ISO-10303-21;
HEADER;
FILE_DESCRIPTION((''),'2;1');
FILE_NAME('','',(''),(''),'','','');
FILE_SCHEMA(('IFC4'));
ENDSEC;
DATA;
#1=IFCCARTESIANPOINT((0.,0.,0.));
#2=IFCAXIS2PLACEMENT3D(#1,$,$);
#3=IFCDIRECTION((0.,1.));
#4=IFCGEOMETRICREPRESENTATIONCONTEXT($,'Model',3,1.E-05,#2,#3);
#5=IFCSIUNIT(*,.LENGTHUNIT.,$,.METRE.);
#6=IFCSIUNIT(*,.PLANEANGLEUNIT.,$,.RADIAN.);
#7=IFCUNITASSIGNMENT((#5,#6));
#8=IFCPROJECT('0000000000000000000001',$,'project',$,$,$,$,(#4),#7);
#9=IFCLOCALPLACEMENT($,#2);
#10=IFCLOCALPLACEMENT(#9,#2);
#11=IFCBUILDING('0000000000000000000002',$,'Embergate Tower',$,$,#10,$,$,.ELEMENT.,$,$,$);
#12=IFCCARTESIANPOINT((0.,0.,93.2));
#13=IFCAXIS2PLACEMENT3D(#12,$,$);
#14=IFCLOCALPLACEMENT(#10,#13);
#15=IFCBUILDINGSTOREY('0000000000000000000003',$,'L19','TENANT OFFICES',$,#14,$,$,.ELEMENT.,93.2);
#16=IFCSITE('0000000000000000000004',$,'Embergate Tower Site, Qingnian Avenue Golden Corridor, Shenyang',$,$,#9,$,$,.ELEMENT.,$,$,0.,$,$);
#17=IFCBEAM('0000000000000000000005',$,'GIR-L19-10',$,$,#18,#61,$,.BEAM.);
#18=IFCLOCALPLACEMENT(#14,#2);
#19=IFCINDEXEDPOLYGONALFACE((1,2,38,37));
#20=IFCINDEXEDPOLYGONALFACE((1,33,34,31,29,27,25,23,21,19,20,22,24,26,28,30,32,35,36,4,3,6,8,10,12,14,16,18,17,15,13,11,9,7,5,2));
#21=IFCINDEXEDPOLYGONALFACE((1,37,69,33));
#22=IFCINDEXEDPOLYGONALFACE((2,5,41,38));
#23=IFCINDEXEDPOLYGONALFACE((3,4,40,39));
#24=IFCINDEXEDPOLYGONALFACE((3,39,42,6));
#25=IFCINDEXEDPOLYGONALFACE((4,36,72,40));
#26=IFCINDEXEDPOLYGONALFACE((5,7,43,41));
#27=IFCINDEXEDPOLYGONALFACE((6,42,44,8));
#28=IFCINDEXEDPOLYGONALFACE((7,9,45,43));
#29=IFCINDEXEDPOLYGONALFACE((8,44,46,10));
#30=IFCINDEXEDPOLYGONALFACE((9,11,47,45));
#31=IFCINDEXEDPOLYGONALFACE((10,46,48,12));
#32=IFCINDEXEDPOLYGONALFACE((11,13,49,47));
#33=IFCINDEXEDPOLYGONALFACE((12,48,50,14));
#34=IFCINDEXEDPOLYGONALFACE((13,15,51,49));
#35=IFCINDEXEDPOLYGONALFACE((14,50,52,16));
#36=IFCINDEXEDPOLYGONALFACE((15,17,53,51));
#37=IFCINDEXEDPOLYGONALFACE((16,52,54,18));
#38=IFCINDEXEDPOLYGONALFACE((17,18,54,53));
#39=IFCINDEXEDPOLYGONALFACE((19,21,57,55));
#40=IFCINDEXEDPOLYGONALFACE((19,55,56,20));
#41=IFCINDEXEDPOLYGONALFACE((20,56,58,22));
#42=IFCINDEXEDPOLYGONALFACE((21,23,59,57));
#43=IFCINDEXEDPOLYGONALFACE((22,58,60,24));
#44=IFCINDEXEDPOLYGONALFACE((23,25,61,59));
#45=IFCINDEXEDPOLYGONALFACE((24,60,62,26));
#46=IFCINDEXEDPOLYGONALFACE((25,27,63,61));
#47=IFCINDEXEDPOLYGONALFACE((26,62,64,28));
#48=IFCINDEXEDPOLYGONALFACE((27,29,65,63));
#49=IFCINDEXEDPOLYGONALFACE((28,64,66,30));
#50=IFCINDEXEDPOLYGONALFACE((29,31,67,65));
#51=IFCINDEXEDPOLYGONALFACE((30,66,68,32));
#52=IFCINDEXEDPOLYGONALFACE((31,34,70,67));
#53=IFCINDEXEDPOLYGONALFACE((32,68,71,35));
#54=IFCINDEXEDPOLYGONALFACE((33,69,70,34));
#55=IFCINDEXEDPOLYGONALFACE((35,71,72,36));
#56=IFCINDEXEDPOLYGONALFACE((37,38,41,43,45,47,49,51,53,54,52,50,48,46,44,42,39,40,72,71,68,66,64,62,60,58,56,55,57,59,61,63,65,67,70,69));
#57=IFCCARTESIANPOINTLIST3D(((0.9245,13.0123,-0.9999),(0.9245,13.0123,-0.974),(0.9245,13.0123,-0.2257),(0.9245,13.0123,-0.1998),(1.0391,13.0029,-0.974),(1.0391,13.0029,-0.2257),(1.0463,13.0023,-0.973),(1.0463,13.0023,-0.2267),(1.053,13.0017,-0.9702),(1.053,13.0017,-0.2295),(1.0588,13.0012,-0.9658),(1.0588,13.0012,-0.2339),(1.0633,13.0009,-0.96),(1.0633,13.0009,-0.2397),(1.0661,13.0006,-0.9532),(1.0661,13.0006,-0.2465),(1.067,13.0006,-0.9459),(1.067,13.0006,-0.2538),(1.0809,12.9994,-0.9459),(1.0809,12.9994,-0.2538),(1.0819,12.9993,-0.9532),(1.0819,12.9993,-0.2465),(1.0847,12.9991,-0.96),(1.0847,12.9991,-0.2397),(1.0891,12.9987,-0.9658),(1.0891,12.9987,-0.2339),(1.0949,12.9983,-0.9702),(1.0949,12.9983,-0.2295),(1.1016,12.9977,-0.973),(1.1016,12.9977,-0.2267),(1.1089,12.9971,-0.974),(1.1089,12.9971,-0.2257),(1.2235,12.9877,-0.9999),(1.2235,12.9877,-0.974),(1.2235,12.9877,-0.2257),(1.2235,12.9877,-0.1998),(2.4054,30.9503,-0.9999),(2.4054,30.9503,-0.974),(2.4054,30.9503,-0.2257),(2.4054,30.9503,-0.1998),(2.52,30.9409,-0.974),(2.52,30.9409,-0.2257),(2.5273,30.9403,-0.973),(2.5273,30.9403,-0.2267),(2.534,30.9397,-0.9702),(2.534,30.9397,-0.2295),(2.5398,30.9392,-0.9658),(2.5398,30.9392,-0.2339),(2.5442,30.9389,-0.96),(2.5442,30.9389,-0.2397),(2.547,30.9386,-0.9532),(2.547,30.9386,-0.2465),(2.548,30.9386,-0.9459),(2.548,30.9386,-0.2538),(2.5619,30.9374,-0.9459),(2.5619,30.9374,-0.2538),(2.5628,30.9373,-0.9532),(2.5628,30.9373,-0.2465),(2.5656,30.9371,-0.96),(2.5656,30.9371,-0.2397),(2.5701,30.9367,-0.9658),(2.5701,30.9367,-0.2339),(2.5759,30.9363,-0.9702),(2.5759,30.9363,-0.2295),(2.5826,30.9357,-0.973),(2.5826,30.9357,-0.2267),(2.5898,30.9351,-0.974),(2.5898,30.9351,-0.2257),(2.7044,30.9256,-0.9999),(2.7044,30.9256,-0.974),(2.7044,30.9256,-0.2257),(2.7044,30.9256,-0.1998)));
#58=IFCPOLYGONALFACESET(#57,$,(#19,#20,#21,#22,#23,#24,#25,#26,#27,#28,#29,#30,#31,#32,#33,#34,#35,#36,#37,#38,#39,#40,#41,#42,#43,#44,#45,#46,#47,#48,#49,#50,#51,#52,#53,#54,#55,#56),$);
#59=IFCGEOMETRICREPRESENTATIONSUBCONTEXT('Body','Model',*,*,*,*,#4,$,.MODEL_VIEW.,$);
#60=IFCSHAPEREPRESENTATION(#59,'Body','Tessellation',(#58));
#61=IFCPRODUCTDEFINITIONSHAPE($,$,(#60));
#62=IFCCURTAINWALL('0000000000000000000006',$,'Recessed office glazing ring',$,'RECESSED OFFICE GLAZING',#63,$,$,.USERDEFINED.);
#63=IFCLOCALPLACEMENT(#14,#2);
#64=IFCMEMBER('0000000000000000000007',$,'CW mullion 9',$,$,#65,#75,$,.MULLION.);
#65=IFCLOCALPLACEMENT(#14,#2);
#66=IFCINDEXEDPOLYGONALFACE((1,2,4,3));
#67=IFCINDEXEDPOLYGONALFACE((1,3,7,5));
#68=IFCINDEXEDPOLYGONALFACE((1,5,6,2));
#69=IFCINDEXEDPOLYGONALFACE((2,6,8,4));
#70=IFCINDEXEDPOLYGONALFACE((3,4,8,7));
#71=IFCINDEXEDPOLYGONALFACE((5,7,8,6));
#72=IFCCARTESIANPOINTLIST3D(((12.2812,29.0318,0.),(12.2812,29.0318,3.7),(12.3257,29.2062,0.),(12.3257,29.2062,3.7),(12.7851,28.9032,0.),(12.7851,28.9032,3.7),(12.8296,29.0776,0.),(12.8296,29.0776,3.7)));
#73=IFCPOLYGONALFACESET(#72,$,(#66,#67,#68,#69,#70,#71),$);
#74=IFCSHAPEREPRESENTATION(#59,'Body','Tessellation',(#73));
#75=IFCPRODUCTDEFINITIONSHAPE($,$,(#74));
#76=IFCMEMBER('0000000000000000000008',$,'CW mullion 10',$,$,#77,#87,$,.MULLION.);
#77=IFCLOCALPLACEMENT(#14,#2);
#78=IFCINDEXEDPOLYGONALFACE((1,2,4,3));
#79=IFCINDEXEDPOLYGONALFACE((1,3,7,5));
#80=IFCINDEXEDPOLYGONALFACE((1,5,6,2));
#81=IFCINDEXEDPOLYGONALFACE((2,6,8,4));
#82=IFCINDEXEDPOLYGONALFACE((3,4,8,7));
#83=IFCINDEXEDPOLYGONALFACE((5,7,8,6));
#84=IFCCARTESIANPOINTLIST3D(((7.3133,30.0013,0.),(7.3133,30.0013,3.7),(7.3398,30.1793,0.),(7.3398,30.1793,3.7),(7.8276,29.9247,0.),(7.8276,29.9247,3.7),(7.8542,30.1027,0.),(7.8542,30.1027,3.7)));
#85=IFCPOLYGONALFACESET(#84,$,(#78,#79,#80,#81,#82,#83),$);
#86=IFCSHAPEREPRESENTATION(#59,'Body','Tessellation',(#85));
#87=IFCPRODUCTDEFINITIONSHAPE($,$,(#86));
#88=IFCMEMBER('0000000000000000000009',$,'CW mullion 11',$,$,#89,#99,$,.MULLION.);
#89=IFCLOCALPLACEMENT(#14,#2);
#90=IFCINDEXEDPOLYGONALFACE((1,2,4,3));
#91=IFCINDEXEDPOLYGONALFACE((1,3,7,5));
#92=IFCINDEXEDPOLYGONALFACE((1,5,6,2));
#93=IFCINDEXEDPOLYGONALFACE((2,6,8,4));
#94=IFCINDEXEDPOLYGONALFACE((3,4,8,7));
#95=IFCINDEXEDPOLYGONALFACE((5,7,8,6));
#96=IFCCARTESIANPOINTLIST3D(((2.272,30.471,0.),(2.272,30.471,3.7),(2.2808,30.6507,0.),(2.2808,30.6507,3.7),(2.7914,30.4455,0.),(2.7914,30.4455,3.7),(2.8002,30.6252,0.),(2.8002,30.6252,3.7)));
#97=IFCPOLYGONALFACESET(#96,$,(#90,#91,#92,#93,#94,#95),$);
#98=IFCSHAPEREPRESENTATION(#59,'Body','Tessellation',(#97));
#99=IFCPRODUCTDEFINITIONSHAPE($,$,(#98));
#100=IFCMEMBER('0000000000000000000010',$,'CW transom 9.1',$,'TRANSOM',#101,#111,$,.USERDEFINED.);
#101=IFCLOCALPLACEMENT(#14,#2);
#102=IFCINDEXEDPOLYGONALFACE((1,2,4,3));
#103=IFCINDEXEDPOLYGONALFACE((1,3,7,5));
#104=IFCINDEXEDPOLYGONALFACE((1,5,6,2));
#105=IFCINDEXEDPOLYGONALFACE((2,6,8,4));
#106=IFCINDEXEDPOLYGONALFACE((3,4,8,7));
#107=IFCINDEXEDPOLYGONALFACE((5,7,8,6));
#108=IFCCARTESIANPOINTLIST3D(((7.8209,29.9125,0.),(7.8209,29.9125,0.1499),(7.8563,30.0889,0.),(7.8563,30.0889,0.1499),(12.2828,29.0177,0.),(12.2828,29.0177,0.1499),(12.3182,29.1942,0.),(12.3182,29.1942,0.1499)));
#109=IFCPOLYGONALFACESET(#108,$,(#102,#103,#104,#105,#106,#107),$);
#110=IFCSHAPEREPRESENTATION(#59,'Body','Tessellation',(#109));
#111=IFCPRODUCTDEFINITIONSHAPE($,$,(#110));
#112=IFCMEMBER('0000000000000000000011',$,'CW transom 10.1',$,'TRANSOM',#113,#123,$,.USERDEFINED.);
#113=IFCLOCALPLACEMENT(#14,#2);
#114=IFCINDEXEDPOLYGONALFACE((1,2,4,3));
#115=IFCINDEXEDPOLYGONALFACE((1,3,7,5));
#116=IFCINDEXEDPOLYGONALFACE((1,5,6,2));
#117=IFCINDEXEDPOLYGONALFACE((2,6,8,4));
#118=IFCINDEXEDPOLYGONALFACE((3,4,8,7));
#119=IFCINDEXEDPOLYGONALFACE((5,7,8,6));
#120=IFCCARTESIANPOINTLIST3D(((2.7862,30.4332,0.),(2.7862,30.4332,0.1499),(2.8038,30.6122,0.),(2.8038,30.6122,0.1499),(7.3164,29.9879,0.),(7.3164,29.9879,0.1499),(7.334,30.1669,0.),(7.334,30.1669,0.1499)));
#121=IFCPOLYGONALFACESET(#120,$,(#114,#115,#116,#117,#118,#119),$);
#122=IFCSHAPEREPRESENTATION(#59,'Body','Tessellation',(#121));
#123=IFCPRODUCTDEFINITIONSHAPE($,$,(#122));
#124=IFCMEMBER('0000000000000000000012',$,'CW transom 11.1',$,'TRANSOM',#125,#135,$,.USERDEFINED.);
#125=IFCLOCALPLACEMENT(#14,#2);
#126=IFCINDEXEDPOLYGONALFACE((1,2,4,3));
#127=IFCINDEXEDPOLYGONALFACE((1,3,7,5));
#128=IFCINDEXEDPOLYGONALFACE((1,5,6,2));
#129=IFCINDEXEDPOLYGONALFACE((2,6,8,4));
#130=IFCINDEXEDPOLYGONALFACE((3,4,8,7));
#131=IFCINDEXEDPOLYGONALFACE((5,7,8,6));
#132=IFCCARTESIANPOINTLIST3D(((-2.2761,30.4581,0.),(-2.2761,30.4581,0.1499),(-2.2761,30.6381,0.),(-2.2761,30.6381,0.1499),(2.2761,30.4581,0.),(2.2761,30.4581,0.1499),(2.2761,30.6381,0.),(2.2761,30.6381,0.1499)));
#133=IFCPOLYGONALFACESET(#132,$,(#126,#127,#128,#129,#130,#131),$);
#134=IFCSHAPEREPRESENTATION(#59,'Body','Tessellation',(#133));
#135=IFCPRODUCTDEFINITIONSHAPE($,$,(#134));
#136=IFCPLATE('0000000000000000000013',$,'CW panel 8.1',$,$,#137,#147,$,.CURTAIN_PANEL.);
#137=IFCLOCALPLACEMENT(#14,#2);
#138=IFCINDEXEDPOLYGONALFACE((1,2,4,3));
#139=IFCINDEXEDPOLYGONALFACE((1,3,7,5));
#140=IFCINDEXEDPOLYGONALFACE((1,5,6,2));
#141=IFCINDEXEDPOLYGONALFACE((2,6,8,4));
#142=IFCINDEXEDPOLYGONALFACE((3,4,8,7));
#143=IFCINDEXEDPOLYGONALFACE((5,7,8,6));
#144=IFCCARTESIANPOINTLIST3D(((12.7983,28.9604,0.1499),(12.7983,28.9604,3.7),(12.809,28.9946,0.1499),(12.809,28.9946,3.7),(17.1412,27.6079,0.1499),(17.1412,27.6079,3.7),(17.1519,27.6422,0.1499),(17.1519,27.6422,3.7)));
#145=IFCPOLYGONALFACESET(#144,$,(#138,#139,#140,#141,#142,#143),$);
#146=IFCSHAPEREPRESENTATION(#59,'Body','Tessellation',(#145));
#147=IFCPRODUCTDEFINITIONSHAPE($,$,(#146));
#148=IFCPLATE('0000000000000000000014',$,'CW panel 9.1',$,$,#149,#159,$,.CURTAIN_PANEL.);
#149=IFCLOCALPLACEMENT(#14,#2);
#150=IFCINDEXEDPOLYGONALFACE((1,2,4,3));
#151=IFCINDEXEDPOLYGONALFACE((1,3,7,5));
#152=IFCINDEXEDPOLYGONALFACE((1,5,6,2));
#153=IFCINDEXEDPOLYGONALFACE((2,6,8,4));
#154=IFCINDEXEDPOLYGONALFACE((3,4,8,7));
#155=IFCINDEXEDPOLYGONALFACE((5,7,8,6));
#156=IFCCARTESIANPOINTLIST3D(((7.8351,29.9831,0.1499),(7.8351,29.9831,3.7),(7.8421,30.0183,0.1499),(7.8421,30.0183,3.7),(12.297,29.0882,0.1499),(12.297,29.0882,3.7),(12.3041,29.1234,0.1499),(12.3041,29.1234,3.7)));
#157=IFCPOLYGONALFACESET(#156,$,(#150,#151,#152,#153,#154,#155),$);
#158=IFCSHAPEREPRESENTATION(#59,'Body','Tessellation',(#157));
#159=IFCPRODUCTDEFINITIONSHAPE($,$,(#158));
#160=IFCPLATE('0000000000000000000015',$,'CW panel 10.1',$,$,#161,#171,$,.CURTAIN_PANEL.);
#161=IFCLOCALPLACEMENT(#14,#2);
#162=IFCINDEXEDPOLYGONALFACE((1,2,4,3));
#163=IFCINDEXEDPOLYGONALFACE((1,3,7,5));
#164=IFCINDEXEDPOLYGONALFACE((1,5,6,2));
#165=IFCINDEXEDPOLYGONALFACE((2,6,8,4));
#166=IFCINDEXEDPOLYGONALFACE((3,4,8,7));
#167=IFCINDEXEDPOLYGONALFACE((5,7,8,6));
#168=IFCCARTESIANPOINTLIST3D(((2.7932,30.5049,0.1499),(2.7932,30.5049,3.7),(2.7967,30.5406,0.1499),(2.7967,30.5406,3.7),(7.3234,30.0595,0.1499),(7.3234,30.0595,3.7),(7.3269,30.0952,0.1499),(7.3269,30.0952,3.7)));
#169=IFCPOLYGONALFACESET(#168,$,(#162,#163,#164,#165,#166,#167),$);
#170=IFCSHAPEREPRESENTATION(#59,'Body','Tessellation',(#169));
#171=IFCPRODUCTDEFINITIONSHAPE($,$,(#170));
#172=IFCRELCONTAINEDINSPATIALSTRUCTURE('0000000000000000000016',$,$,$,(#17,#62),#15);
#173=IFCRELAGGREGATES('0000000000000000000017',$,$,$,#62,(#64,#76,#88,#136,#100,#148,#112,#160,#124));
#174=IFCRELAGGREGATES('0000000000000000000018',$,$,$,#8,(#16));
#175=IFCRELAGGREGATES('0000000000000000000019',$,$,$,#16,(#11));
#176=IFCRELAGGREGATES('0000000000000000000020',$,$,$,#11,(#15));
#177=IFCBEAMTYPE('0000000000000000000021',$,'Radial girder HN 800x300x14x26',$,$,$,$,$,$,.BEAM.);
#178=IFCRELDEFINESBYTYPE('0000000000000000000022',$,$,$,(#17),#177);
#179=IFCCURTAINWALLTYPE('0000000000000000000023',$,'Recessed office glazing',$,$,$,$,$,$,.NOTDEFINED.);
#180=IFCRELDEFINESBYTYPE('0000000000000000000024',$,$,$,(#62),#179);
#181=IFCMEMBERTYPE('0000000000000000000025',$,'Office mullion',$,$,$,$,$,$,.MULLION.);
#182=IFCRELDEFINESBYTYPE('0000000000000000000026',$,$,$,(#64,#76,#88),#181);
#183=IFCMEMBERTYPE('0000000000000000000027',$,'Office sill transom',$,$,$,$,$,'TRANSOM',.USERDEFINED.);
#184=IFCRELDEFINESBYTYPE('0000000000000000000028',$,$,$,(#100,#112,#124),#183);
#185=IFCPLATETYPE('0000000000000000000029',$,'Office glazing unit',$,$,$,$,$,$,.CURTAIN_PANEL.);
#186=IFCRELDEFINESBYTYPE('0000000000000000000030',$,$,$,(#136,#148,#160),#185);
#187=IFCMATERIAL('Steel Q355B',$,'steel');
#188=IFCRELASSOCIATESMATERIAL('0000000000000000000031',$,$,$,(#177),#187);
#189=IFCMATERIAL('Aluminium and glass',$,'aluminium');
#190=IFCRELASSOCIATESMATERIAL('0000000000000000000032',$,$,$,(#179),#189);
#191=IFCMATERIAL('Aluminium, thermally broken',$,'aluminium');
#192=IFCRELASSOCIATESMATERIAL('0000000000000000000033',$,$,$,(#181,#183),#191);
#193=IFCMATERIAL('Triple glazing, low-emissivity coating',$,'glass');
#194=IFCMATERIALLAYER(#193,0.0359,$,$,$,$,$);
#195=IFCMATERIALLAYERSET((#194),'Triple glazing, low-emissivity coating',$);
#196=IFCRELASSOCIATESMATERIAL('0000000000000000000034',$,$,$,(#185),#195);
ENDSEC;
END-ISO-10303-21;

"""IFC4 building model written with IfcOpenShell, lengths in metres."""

from ifc_helpers import new_model, si_unit, direction, frame, origin, origin_2d, place, context, subcontext, project, spatial, rectangle, i_section, extrude, source, transform, mapped, material, layer, layer_set, material_profile, profile_set, type_object, element, aggregate, save


model = new_model("IFC4")

# Units and contexts
model_context = context("Model", 3, precision=1e-05, world=origin(), true_north=direction((0.0, 1.0)))
body_context = subcontext(model_context, "Body", "Model", "MODEL_VIEW")
ifc_project = project(units=[si_unit("LENGTHUNIT", "METRE"), si_unit("PLANEANGLEUNIT", "RADIAN")], contexts=[model_context])

# Site, building, storey
site_placement = place(None, origin())
site = spatial("IfcSite", under=ifc_project, at=site_placement, Name="Embergate Tower Site, Qingnian Avenue Golden Corridor, Shenyang", CompositionType="ELEMENT", RefElevation=0.0)
building_placement = place(site_placement, origin())
building = spatial("IfcBuilding", under=site, at=building_placement, Name="Embergate Tower", CompositionType="ELEMENT")
storey_placement = place(building_placement, frame((0.0, 0.0, 93.2)))
storey = spatial("IfcBuildingStorey", under=building, at=storey_placement, Name="L19", Description="TENANT OFFICES", CompositionType="ELEMENT", Elevation=93.2)

# Beam
ifc_material_1 = material(Name="Steel Q355B", Category="steel")
ifc_material_profile_1 = material_profile(ifc_material_1, i_section(OverallWidth=0.3, OverallDepth=0.8, WebThickness=0.0139, FlangeThickness=0.0259, FilletRadius=0.0281, at=origin_2d()), Name="HN 800x300x14x26")
ifc_profile_set_1 = profile_set([ifc_material_profile_1], Name="Steel Q355 grade B")
beam_type_1 = type_object("IfcBeamType", Name="Radial girder HN 800x300x14x26", PredefinedType="BEAM", material=ifc_profile_set_1)
shared_shape_1 = source(origin(), body_context, "Body", "SweptSolid", [
    extrude(i_section(OverallWidth=0.3, OverallDepth=0.8, WebThickness=0.0139, FlangeThickness=0.0259, FilletRadius=0.0281, at=origin_2d()), origin(), (0.0, 0.0, 1.0), 17.999),
])
beam_1_placement = place(storey_placement, frame((2.5549, 30.938, -0.5999), z_axis=(-0.08228, -0.996609, 0.0), x_axis=(0.996609, -0.08228, 0.0)))
element("IfcBeam", 1, at=beam_1_placement, inside=storey, type_object=beam_type_1, Name="GIR-L19-10", PredefinedType="BEAM", context=body_context, shape_type="MappedRepresentation", body=[
    mapped(shared_shape_1, transform((0.0, 0.0, 0.0))),
])

# Curtain wall, members, plates
ifc_material_2 = material(Name="Aluminium and glass", Category="aluminium")
curtain_wall_type = type_object("IfcCurtainWallType", Name="Recessed office glazing", PredefinedType="NOTDEFINED", material=ifc_material_2)
curtain_wall_placement = place(storey_placement, origin())
curtain_wall = element("IfcCurtainWall", 2, at=curtain_wall_placement, inside=storey, type_object=curtain_wall_type, Name="Recessed office glazing ring", ObjectType="RECESSED OFFICE GLAZING", PredefinedType="USERDEFINED")
ifc_material_3 = material(Name="Aluminium, thermally broken", Category="aluminium")
ifc_material_profile_2 = material_profile(ifc_material_3, rectangle(XDim=0.1799, YDim=0.52, at=origin_2d()), Name="AL 520x180")
ifc_profile_set_2 = profile_set([ifc_material_profile_2], Name="Aluminium, thermally broken")
member_type_1 = type_object("IfcMemberType", Name="Office mullion", PredefinedType="MULLION", material=ifc_profile_set_2)
shared_shape_2 = source(origin(), body_context, "Body", "SweptSolid", [
    extrude(rectangle(XDim=0.1799, YDim=0.52, at=origin_2d()), origin(), (0.0, 0.0, 1.0), 3.7),
])
member_1_placement = place(storey_placement, frame((12.5554, 29.0547, 0.0), z_axis=(0.0, 0.0, 1.0), x_axis=(-0.247314, -0.968935, 0.0)))
member_1 = element("IfcMember", 3, at=member_1_placement, type_object=member_type_1, Name="CW mullion 9", PredefinedType="MULLION", context=body_context, shape_type="MappedRepresentation", body=[
    mapped(shared_shape_2, transform((0.0, 0.0, 0.0))),
])
member_2_placement = place(storey_placement, frame((7.5837, 30.052, 0.0), z_axis=(0.0, 0.0, 1.0), x_axis=(-0.147412, -0.989075, 0.0)))
member_2 = element("IfcMember", 4, at=member_2_placement, type_object=member_type_1, Name="CW mullion 10", PredefinedType="MULLION", context=body_context, shape_type="MappedRepresentation", body=[
    mapped(shared_shape_2, transform((0.0, 0.0, 0.0))),
])
member_3_placement = place(storey_placement, frame((2.5361, 30.5481, 0.0), z_axis=(0.0, 0.0, 1.0), x_axis=(-0.048972, -0.9988, 0.0)))
member_3 = element("IfcMember", 5, at=member_3_placement, type_object=member_type_1, Name="CW mullion 11", PredefinedType="MULLION", context=body_context, shape_type="MappedRepresentation", body=[
    mapped(shared_shape_2, transform((0.0, 0.0, 0.0))),
])
ifc_material_profile_3 = material_profile(ifc_material_3, rectangle(XDim=0.1799, YDim=0.1499, at=origin_2d()), Name="AL 150x180")
ifc_profile_set_3 = profile_set([ifc_material_profile_3], Name="Aluminium, thermally broken")
member_type_2 = type_object("IfcMemberType", Name="Office sill transom", ElementType="TRANSOM", PredefinedType="USERDEFINED", material=ifc_profile_set_3)
shared_shape_3 = source(origin(), body_context, "Body", "SweptSolid", [
    extrude(rectangle(XDim=0.1799, YDim=0.1499, at=origin_2d()), origin(), (0.0, 0.0, 1.0), 4.5508),
])
member_4_placement = place(storey_placement, frame((12.3005, 29.106, 0.075), z_axis=(-0.980479, 0.196622, 0.0), x_axis=(-0.196622, -0.980479, 0.0)))
member_4 = element("IfcMember", 6, at=member_4_placement, type_object=member_type_2, Name="CW transom 9.1", ObjectType="TRANSOM", PredefinedType="USERDEFINED", context=body_context, shape_type="MappedRepresentation", body=[
    mapped(shared_shape_3, transform((0.0, 0.0, 0.0))),
])
shared_shape_4 = source(origin(), body_context, "Body", "SweptSolid", [
    extrude(rectangle(XDim=0.1799, YDim=0.1499, at=origin_2d()), origin(), (0.0, 0.0, 1.0), 4.552),
])
member_5_placement = place(storey_placement, frame((7.3252, 30.0774, 0.075), z_axis=(-0.995204, 0.097826, 0.0), x_axis=(-0.097826, -0.995204, 0.0)))
member_5 = element("IfcMember", 7, at=member_5_placement, type_object=member_type_2, Name="CW transom 10.1", ObjectType="TRANSOM", PredefinedType="USERDEFINED", context=body_context, shape_type="MappedRepresentation", body=[
    mapped(shared_shape_4, transform((0.0, 0.0, 0.0))),
])
shared_shape_5 = source(origin(), body_context, "Body", "SweptSolid", [
    extrude(rectangle(XDim=0.1799, YDim=0.1499, at=origin_2d()), origin(), (0.0, 0.0, 1.0), 4.5522),
])
member_6_placement = place(storey_placement, frame((2.2761, 30.5481, 0.075), z_axis=(-1.0, 0.0, 0.0), x_axis=(0.0, -1.0, 0.0)))
member_6 = element("IfcMember", 8, at=member_6_placement, type_object=member_type_2, Name="CW transom 11.1", ObjectType="TRANSOM", PredefinedType="USERDEFINED", context=body_context, shape_type="MappedRepresentation", body=[
    mapped(shared_shape_5, transform((0.0, 0.0, 0.0))),
])
ifc_material_4 = material(Name="Triple glazing, low-emissivity coating", Category="glass")
ifc_layer_1 = layer(ifc_material_4, 0.0359)
ifc_layer_set_1 = layer_set([ifc_layer_1], Name="Triple glazing, low-emissivity coating")
plate_type = type_object("IfcPlateType", Name="Office glazing unit", PredefinedType="CURTAIN_PANEL", material=ifc_layer_set_1)
shared_shape_6 = source(origin(), body_context, "Body", "SweptSolid", [
    extrude(rectangle(XDim=4.5486, YDim=0.0359, at=origin_2d()), origin(), (0.0, 0.0, 1.0), 3.55),
])
plate_1_placement = place(storey_placement, frame((14.9751, 28.3013, 0.1499), z_axis=(0.0, 0.0, 1.0), x_axis=(-0.954772, 0.29734, 0.0)))
plate_1 = element("IfcPlate", 9, at=plate_1_placement, type_object=plate_type, Name="CW panel 8.1", PredefinedType="CURTAIN_PANEL", context=body_context, shape_type="MappedRepresentation", body=[
    mapped(shared_shape_6, transform((0.0, 0.0, 0.0))),
])
shared_shape_7 = source(origin(), body_context, "Body", "SweptSolid", [
    extrude(rectangle(XDim=4.5508, YDim=0.0359, at=origin_2d()), origin(), (0.0, 0.0, 1.0), 3.55),
])
plate_2_placement = place(storey_placement, frame((10.0696, 29.5532, 0.1499), z_axis=(0.0, 0.0, 1.0), x_axis=(-0.980476, 0.196641, 0.0)))
plate_2 = element("IfcPlate", 10, at=plate_2_placement, type_object=plate_type, Name="CW panel 9.1", PredefinedType="CURTAIN_PANEL", context=body_context, shape_type="MappedRepresentation", body=[
    mapped(shared_shape_7, transform((0.0, 0.0, 0.0))),
])
shared_shape_8 = source(origin(), body_context, "Body", "SweptSolid", [
    extrude(rectangle(XDim=4.552, YDim=0.0359, at=origin_2d()), origin(), (0.0, 0.0, 1.0), 3.55),
])
plate_3_placement = place(storey_placement, frame((5.0601, 30.3, 0.1499), z_axis=(0.0, 0.0, 1.0), x_axis=(-0.995203, 0.09783, 0.0)))
plate_3 = element("IfcPlate", 11, at=plate_3_placement, type_object=plate_type, Name="CW panel 10.1", PredefinedType="CURTAIN_PANEL", context=body_context, shape_type="MappedRepresentation", body=[
    mapped(shared_shape_8, transform((0.0, 0.0, 0.0))),
])
aggregate(curtain_wall, [member_1, member_2, member_3, plate_1, member_4, plate_2, member_5, plate_3, member_6])

save(model, "model.ifc")
